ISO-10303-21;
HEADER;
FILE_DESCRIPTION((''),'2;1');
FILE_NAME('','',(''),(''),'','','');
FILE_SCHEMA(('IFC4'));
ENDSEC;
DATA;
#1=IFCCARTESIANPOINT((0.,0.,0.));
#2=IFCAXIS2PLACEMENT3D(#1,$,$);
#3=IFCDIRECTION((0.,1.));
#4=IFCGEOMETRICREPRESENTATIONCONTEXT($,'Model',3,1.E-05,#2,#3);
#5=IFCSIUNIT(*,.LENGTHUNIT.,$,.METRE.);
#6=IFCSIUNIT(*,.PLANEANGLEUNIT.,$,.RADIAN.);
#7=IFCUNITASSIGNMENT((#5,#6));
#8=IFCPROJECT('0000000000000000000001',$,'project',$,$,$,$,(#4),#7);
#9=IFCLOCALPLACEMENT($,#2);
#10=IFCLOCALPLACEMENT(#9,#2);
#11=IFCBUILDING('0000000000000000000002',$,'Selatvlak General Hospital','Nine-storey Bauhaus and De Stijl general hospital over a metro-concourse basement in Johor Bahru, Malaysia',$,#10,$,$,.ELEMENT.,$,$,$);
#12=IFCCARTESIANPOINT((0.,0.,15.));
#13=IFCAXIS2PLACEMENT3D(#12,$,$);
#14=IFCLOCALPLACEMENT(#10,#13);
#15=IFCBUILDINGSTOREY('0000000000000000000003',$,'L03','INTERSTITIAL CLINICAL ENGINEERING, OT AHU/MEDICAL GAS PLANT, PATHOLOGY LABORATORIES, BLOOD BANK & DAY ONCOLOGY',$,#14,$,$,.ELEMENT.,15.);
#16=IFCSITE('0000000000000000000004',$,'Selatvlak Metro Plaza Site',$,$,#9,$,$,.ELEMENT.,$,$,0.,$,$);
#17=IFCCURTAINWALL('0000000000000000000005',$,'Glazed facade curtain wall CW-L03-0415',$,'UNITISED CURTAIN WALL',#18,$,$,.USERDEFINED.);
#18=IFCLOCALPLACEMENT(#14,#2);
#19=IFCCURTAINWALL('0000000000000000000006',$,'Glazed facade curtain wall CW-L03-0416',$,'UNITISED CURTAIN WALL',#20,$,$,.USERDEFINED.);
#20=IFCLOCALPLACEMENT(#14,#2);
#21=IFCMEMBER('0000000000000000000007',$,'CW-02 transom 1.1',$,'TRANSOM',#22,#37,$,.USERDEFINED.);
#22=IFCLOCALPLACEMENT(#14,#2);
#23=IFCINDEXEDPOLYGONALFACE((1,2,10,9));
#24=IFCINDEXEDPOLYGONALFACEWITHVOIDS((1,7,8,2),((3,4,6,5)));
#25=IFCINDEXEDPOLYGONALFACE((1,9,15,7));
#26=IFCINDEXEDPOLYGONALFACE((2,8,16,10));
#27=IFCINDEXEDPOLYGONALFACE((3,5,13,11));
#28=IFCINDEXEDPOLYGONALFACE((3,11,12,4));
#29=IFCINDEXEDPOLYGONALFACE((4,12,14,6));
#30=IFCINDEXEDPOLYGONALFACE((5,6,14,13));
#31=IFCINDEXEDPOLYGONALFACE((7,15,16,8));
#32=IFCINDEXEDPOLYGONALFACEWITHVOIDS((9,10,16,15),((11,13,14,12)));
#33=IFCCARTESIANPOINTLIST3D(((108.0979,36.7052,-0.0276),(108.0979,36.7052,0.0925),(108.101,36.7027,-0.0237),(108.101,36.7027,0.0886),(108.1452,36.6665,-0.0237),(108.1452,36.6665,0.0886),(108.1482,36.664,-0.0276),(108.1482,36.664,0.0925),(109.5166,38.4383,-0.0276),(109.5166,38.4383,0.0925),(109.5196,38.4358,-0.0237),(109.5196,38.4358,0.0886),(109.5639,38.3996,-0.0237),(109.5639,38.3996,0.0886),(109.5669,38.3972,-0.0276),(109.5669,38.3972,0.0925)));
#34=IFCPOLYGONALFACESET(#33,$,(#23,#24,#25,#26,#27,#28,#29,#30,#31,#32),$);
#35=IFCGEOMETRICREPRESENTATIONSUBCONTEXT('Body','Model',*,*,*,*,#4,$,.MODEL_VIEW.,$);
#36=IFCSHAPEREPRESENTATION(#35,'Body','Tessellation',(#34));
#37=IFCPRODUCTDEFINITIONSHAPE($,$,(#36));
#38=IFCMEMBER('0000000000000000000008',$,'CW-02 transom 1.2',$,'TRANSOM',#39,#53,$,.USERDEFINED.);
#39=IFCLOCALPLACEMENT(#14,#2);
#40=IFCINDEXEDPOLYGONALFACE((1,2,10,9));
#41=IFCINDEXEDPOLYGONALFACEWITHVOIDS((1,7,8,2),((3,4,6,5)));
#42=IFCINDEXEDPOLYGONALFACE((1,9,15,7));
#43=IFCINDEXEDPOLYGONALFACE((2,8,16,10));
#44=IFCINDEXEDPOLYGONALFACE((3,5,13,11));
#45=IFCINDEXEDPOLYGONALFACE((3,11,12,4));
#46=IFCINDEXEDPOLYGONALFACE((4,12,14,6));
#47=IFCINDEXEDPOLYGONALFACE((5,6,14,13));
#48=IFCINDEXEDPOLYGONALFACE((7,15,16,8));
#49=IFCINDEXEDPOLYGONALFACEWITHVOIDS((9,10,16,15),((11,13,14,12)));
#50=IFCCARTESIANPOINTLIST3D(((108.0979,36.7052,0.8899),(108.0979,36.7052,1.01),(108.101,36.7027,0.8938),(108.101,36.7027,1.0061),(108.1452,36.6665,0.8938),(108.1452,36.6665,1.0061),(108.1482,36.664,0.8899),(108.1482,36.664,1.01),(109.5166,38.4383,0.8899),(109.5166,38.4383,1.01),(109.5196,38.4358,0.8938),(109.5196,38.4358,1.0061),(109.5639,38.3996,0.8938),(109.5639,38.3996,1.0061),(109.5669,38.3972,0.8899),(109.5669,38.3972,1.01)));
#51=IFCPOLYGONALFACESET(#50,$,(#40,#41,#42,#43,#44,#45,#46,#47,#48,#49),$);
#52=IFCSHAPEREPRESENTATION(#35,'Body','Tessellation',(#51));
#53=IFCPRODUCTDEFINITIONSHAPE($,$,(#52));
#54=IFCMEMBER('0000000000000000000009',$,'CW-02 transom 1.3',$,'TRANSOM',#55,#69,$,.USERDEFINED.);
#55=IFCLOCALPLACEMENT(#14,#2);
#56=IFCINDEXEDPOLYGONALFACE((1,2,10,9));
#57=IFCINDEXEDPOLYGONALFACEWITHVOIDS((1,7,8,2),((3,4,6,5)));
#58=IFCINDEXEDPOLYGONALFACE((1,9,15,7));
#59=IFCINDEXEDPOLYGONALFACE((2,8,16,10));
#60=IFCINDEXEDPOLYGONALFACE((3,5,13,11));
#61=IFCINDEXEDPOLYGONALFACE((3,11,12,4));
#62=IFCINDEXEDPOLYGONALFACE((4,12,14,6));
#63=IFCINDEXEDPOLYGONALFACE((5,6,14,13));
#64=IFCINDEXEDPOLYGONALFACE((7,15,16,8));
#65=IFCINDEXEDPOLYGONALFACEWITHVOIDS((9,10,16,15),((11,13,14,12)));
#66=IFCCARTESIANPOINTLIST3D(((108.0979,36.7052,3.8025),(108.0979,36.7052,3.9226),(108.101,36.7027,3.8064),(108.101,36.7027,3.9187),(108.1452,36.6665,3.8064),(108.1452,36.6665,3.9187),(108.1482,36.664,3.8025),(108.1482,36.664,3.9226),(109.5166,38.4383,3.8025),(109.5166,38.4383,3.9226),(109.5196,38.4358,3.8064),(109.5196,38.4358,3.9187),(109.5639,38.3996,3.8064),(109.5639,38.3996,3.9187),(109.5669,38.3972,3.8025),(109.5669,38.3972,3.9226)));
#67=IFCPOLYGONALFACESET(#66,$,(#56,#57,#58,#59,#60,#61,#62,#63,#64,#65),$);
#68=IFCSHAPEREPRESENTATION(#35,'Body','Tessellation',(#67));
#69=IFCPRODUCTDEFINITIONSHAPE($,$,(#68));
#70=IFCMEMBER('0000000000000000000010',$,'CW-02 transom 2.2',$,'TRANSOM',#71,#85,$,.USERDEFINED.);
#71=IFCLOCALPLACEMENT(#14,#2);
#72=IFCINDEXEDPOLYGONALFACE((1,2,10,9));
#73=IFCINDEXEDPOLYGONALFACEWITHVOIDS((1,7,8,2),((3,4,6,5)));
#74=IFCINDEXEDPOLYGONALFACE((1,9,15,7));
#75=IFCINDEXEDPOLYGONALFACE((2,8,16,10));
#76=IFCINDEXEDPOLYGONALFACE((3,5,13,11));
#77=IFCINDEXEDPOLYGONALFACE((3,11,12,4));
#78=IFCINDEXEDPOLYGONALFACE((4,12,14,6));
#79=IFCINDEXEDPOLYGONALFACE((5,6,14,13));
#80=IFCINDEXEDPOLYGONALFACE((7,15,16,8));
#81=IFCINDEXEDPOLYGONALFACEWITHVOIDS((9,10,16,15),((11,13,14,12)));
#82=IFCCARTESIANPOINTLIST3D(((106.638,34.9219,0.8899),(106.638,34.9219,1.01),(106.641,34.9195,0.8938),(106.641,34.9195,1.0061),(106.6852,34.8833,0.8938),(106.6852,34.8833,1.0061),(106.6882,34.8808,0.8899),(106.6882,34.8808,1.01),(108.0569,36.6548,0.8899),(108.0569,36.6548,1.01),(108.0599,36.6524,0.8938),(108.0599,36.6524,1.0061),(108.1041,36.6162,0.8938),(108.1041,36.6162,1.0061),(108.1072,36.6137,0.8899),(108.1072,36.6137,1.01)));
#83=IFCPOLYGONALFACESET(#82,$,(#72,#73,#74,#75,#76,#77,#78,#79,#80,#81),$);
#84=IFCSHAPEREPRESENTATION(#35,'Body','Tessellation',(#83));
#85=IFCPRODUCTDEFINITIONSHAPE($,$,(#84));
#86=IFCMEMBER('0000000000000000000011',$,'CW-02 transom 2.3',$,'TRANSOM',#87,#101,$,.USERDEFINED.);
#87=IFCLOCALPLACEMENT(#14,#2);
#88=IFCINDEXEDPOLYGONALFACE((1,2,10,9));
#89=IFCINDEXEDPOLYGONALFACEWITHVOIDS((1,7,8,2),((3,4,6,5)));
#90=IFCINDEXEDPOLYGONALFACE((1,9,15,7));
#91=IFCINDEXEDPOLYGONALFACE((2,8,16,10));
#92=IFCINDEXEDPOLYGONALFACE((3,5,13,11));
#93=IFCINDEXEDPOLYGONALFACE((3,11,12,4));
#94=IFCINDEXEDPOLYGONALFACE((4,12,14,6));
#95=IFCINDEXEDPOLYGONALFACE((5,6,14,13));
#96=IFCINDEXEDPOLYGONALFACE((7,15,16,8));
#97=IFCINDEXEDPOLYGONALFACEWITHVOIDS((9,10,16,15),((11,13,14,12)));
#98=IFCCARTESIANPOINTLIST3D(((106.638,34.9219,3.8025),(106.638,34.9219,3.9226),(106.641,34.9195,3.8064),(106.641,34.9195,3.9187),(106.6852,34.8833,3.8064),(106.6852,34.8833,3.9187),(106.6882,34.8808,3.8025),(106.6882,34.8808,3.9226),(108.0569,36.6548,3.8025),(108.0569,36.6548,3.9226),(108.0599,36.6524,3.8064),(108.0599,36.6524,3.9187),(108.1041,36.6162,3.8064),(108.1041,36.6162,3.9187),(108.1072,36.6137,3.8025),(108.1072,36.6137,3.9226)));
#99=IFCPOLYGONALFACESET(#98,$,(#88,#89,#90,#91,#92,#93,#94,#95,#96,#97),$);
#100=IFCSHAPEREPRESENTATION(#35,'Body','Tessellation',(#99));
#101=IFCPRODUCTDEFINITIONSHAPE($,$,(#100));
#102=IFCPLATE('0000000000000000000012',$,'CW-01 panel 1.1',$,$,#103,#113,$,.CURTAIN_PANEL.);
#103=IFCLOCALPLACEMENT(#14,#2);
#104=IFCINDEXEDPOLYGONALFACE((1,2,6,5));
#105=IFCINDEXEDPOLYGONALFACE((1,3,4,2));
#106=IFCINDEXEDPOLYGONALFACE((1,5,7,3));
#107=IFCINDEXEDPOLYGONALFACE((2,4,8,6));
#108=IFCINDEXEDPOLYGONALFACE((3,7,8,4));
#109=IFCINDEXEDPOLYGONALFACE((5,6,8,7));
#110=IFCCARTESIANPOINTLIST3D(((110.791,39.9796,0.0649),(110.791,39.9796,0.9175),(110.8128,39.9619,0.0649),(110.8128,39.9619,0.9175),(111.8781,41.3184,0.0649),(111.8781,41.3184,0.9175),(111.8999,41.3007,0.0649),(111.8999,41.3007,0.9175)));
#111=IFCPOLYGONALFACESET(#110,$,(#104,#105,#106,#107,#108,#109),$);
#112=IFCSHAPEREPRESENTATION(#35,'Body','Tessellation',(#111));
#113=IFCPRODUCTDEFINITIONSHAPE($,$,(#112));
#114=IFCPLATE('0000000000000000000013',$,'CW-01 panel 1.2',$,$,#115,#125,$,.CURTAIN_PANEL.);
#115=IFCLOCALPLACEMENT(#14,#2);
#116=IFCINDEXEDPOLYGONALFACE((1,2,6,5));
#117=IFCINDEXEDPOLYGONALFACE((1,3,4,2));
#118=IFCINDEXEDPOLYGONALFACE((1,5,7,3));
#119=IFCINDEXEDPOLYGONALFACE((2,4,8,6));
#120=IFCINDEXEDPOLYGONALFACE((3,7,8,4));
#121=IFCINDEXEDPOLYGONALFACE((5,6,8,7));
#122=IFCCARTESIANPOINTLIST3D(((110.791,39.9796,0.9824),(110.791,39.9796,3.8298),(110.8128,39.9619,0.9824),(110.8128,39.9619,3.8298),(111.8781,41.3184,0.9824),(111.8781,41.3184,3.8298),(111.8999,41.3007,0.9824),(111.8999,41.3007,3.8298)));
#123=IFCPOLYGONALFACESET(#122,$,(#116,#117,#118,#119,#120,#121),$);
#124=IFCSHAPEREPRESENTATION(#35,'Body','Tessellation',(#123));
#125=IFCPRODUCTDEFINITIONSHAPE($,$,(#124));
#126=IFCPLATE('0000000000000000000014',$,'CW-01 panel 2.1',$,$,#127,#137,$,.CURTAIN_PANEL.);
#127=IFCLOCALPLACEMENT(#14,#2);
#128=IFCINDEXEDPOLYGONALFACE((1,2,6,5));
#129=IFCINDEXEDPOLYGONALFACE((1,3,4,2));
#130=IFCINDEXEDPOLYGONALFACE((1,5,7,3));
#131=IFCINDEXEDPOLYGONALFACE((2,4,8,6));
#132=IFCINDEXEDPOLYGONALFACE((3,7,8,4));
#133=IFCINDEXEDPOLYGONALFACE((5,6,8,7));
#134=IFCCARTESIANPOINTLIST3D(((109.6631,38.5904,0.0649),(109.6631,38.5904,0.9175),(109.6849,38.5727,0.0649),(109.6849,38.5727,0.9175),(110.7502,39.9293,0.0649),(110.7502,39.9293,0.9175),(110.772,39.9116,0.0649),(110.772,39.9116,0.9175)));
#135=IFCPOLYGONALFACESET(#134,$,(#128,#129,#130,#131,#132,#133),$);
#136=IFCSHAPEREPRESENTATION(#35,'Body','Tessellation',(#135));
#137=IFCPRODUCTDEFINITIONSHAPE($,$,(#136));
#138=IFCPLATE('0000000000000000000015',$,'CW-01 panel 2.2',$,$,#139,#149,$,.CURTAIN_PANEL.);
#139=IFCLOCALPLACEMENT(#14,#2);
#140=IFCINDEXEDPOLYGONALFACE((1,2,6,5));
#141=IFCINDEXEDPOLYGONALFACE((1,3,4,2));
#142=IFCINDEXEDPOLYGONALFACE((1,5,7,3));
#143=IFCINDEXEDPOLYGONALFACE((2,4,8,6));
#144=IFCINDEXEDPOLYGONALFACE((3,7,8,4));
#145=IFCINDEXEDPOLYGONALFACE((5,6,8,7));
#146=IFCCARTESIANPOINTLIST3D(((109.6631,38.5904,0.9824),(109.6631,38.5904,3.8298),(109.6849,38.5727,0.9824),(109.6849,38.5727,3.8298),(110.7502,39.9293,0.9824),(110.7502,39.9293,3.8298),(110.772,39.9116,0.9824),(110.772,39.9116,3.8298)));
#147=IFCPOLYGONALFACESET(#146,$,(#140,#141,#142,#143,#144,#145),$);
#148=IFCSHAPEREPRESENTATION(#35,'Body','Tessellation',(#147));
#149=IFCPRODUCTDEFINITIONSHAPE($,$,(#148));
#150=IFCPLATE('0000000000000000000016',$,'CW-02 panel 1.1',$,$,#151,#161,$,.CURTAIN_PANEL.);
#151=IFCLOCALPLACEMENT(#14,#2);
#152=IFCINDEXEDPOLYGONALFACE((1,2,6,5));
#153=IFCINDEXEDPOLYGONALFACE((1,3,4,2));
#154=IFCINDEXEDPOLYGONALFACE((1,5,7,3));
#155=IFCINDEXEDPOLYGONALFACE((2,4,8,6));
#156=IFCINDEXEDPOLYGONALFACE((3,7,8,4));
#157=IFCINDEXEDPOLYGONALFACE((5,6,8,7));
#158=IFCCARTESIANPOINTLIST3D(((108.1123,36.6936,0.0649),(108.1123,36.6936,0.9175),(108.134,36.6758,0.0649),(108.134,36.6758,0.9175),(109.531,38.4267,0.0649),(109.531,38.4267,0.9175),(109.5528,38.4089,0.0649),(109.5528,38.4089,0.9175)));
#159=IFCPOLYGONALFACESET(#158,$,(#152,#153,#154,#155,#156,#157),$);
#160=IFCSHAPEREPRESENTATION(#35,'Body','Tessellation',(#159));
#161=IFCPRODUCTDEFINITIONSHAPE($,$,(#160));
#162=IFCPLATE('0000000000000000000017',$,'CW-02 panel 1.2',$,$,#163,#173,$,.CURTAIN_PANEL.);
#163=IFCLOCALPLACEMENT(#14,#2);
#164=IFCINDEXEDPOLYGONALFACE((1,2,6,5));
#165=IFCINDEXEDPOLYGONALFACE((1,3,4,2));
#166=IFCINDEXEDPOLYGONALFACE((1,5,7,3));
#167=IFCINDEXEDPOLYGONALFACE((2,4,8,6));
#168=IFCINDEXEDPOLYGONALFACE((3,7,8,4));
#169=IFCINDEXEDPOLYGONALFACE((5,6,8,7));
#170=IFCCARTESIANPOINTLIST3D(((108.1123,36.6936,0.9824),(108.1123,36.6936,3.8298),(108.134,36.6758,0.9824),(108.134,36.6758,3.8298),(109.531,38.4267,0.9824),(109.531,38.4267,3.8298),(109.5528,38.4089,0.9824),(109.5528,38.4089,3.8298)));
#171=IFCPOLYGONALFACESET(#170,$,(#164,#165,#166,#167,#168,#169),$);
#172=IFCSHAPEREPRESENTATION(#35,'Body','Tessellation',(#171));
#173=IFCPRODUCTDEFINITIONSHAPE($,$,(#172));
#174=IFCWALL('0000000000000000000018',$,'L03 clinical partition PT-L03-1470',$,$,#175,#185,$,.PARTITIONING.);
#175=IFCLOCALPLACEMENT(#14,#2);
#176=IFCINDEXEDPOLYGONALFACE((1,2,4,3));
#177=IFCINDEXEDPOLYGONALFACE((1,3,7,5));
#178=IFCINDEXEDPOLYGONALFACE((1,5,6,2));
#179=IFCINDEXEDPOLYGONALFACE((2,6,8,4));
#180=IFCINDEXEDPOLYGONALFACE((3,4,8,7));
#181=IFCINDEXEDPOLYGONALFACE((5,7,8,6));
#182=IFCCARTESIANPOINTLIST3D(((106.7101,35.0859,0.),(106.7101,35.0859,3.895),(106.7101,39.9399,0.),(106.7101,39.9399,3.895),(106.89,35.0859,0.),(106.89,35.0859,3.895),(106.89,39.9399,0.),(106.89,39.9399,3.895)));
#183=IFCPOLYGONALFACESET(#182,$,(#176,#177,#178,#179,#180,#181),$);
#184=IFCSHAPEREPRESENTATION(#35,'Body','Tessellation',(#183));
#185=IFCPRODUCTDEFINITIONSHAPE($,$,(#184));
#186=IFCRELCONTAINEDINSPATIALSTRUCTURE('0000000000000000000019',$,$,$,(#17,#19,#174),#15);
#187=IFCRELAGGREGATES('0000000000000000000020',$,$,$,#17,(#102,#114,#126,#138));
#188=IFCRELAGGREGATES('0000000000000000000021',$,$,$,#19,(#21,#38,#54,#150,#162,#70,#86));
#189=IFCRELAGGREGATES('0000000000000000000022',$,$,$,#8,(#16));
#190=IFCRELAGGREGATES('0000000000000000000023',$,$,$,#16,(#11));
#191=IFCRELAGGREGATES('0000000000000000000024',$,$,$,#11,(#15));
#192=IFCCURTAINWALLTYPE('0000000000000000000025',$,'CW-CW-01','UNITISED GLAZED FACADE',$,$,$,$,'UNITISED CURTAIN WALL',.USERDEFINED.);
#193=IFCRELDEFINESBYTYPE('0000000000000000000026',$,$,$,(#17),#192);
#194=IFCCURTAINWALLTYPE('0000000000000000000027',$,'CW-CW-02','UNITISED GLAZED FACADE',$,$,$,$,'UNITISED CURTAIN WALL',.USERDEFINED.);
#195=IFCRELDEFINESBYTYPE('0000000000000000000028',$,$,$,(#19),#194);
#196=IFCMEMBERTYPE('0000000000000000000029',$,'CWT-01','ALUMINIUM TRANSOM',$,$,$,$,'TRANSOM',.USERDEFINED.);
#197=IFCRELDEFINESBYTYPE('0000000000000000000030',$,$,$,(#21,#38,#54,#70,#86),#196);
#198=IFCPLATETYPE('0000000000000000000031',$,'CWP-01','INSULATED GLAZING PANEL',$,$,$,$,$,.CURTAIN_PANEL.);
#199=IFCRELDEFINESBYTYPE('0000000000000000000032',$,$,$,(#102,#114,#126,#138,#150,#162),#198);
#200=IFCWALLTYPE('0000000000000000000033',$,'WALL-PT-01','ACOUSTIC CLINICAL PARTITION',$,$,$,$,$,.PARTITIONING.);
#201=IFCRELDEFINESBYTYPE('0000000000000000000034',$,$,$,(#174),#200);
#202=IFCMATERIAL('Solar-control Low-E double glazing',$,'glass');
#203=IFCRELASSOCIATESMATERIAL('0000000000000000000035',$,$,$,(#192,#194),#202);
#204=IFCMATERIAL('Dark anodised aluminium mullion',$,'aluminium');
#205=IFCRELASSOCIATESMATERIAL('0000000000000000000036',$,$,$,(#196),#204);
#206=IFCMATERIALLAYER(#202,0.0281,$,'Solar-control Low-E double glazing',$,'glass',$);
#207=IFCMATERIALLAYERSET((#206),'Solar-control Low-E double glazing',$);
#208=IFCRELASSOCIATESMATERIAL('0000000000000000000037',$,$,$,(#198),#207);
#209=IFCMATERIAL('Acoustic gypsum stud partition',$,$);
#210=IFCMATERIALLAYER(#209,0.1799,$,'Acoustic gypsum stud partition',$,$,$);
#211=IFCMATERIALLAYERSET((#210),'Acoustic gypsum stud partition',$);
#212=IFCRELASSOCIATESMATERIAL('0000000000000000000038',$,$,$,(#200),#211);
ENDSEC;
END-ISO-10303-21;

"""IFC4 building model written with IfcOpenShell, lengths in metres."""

from ifc_helpers import new_model, si_unit, direction, frame, frame_2d, origin, origin_2d, place, context, subcontext, project, spatial, rectangle, hollow_rectangle, extrude, material, layer, layer_set, material_profile, profile_set, type_object, element, aggregate, save


model = new_model("IFC4")

# Units and contexts
model_context = context("Model", 3, precision=1e-05, world=origin(), true_north=direction((0.0, 1.0)))
body_context = subcontext(model_context, "Body", "Model", "MODEL_VIEW")
ifc_project = project(units=[si_unit("LENGTHUNIT", "METRE"), si_unit("PLANEANGLEUNIT", "RADIAN")], contexts=[model_context])

# Site, building, storey
site_placement = place(None, origin())
site = spatial("IfcSite", under=ifc_project, at=site_placement, Name="Selatvlak Metro Plaza Site", CompositionType="ELEMENT", RefElevation=0.0)
building_placement = place(site_placement, origin())
building = spatial("IfcBuilding", under=site, at=building_placement, Name="Selatvlak General Hospital", Description="Nine-storey Bauhaus and De Stijl general hospital over a metro-concourse basement in Johor Bahru, Malaysia", CompositionType="ELEMENT")
storey_placement = place(building_placement, frame((0.0, 0.0, 15.0)))
storey = spatial("IfcBuildingStorey", under=building, at=storey_placement, Name="L03", Description="INTERSTITIAL CLINICAL ENGINEERING, OT AHU/MEDICAL GAS PLANT, PATHOLOGY LABORATORIES, BLOOD BANK & DAY ONCOLOGY", CompositionType="ELEMENT", Elevation=15.0)

# Curtain walls
ifc_material_1 = material(Name="Solar-control Low-E double glazing", Category="glass")
curtain_wall_type_1 = type_object("IfcCurtainWallType", Name="CW-CW-01", Description="UNITISED GLAZED FACADE", ElementType="UNITISED CURTAIN WALL", PredefinedType="USERDEFINED", material=ifc_material_1)
curtain_wall_1_placement = place(storey_placement, origin())
curtain_wall_1 = element("IfcCurtainWall", 1, at=curtain_wall_1_placement, inside=storey, type_object=curtain_wall_type_1, Name="Glazed facade curtain wall CW-L03-0415", ObjectType="UNITISED CURTAIN WALL", PredefinedType="USERDEFINED")
ifc_material_2 = material(Name="Dark anodised aluminium mullion", Category="aluminium")
curtain_wall_type_2 = type_object("IfcCurtainWallType", Name="CW-CW-02", Description="UNITISED GLAZED FACADE", ElementType="UNITISED CURTAIN WALL", PredefinedType="USERDEFINED", material=ifc_material_1)
curtain_wall_2_placement = place(storey_placement, origin())
curtain_wall_2 = element("IfcCurtainWall", 2, at=curtain_wall_2_placement, inside=storey, type_object=curtain_wall_type_2, Name="Glazed facade curtain wall CW-L03-0416", ObjectType="UNITISED CURTAIN WALL", PredefinedType="USERDEFINED")

# Members
ifc_material_profile_1 = material_profile(ifc_material_2, hollow_rectangle(XDim=0.0649, YDim=0.1201, WallThickness=0.0039, at=origin_2d()), Name="AL-TRN 65x120x4")
ifc_profile_set_1 = profile_set([ifc_material_profile_1], Name="Dark anodised aluminium mullion")
member_type_1 = type_object("IfcMemberType", Name="CWT-01", Description="ALUMINIUM TRANSOM", ElementType="TRANSOM", PredefinedType="USERDEFINED", material=ifc_profile_set_1)
member_1_placement = place(storey_placement, frame((109.5417, 38.4177, 0.0325), z_axis=(-0.633416, -0.773812, 0.0), x_axis=(0.773812, -0.633416, 0.0)))
member_1 = element("IfcMember", 3, at=member_1_placement, type_object=member_type_1, Name="CW-02 transom 1.1", ObjectType="TRANSOM", PredefinedType="USERDEFINED", context=body_context, shape_type="SweptSolid", body=[
    extrude(hollow_rectangle(XDim=0.0649, YDim=0.1201, WallThickness=0.0039, at=origin_2d()), origin(), (0.0, 0.0, 1.0), 2.2397),
])
member_2_placement = place(storey_placement, frame((109.5417, 38.4177, 0.95), z_axis=(-0.633416, -0.773812, 0.0), x_axis=(0.773812, -0.633416, 0.0)))
member_2 = element("IfcMember", 4, at=member_2_placement, type_object=member_type_1, Name="CW-02 transom 1.2", ObjectType="TRANSOM", PredefinedType="USERDEFINED", context=body_context, shape_type="SweptSolid", body=[
    extrude(hollow_rectangle(XDim=0.0649, YDim=0.1201, WallThickness=0.0039, at=origin_2d()), origin(), (0.0, 0.0, 1.0), 2.2397),
])
member_3_placement = place(storey_placement, frame((109.5417, 38.4177, 3.8625), z_axis=(-0.633416, -0.773812, 0.0), x_axis=(0.773812, -0.633416, 0.0)))
member_3 = element("IfcMember", 5, at=member_3_placement, type_object=member_type_1, Name="CW-02 transom 1.3", ObjectType="TRANSOM", PredefinedType="USERDEFINED", context=body_context, shape_type="SweptSolid", body=[
    extrude(hollow_rectangle(XDim=0.0649, YDim=0.1201, WallThickness=0.0039, at=origin_2d()), origin(), (0.0, 0.0, 1.0), 2.2397),
])
member_4_placement = place(storey_placement, frame((108.082, 36.6343, 0.95), z_axis=(-0.633535, -0.773714, 0.0), x_axis=(0.773714, -0.633535, 0.0)))
member_4 = element("IfcMember", 6, at=member_4_placement, type_object=member_type_1, Name="CW-02 transom 2.2", ObjectType="TRANSOM", PredefinedType="USERDEFINED", context=body_context, shape_type="SweptSolid", body=[
    extrude(hollow_rectangle(XDim=0.0649, YDim=0.1201, WallThickness=0.0039, at=origin_2d()), origin(), (0.0, 0.0, 1.0), 2.2397),
])
member_5_placement = place(storey_placement, frame((108.082, 36.6343, 3.8625), z_axis=(-0.633535, -0.773714, 0.0), x_axis=(0.773714, -0.633535, 0.0)))
member_5 = element("IfcMember", 7, at=member_5_placement, type_object=member_type_1, Name="CW-02 transom 2.3", ObjectType="TRANSOM", PredefinedType="USERDEFINED", context=body_context, shape_type="SweptSolid", body=[
    extrude(hollow_rectangle(XDim=0.0649, YDim=0.1201, WallThickness=0.0039, at=origin_2d()), origin(), (0.0, 0.0, 1.0), 2.2397),
])

# Plates
ifc_layer_1 = layer(ifc_material_1, 0.0281, Name="Solar-control Low-E double glazing", Category="glass")
ifc_layer_set_1 = layer_set([ifc_layer_1], Name="Solar-control Low-E double glazing")
plate_type = type_object("IfcPlateType", Name="CWP-01", Description="INSULATED GLAZING PANEL", PredefinedType="CURTAIN_PANEL", material=ifc_layer_set_1)
plate_1_placement = place(storey_placement, frame((111.3455, 40.6401, 0.0649), z_axis=(0.0, 0.0, 1.0), x_axis=(-0.630334, -0.776324, 0.0)))
plate_1 = element("IfcPlate", 8, at=plate_1_placement, type_object=plate_type, Name="CW-01 panel 1.1", PredefinedType="CURTAIN_PANEL", context=body_context, shape_type="SweptSolid", body=[
    extrude(rectangle(XDim=1.7246, YDim=0.0281, at=origin_2d()), origin(), (0.0, 0.0, 1.0), 0.8525),
])
plate_2_placement = place(storey_placement, frame((111.3455, 40.6401, 0.9824), z_axis=(0.0, 0.0, 1.0), x_axis=(-0.630334, -0.776324, 0.0)))
plate_2 = element("IfcPlate", 9, at=plate_2_placement, type_object=plate_type, Name="CW-01 panel 1.2", PredefinedType="CURTAIN_PANEL", context=body_context, shape_type="SweptSolid", body=[
    extrude(rectangle(XDim=1.7246, YDim=0.0281, at=origin_2d()), origin(), (0.0, 0.0, 1.0), 2.8474),
])
plate_3_placement = place(storey_placement, frame((110.2175, 39.251, 0.0649), z_axis=(0.0, 0.0, 1.0), x_axis=(-0.630334, -0.776324, 0.0)))
plate_3 = element("IfcPlate", 10, at=plate_3_placement, type_object=plate_type, Name="CW-01 panel 2.1", PredefinedType="CURTAIN_PANEL", context=body_context, shape_type="SweptSolid", body=[
    extrude(rectangle(XDim=1.7246, YDim=0.0281, at=origin_2d()), origin(), (0.0, 0.0, 1.0), 0.8525),
])
plate_4_placement = place(storey_placement, frame((110.2175, 39.251, 0.9824), z_axis=(0.0, 0.0, 1.0), x_axis=(-0.630334, -0.776324, 0.0)))
plate_4 = element("IfcPlate", 11, at=plate_4_placement, type_object=plate_type, Name="CW-01 panel 2.2", PredefinedType="CURTAIN_PANEL", context=body_context, shape_type="SweptSolid", body=[
    extrude(rectangle(XDim=1.7246, YDim=0.0281, at=origin_2d()), origin(), (0.0, 0.0, 1.0), 2.8474),
])
aggregate(curtain_wall_1, [plate_1, plate_2, plate_3, plate_4])
plate_5_placement = place(storey_placement, frame((108.8325, 37.5513, 0.0649), z_axis=(0.0, 0.0, 1.0), x_axis=(-0.633447, -0.773786, 0.0)))
plate_5 = element("IfcPlate", 12, at=plate_5_placement, type_object=plate_type, Name="CW-02 panel 1.1", PredefinedType="CURTAIN_PANEL", context=body_context, shape_type="SweptSolid", body=[
    extrude(rectangle(XDim=2.2397, YDim=0.0281, at=origin_2d()), origin(), (0.0, 0.0, 1.0), 0.8525),
])
plate_6_placement = place(storey_placement, frame((108.8325, 37.5513, 0.9824), z_axis=(0.0, 0.0, 1.0), x_axis=(-0.633447, -0.773786, 0.0)))
plate_6 = element("IfcPlate", 13, at=plate_6_placement, type_object=plate_type, Name="CW-02 panel 1.2", PredefinedType="CURTAIN_PANEL", context=body_context, shape_type="SweptSolid", body=[
    extrude(rectangle(XDim=2.2397, YDim=0.0281, at=origin_2d()), origin(), (0.0, 0.0, 1.0), 2.8474),
])
aggregate(curtain_wall_2, [member_1, member_2, member_3, plate_5, plate_6, member_4, member_5])

# Wall
ifc_material_3 = material(Name="Acoustic gypsum stud partition")
ifc_layer_2 = layer(ifc_material_3, 0.1799, Name="Acoustic gypsum stud partition")
ifc_layer_set_2 = layer_set([ifc_layer_2], Name="Acoustic gypsum stud partition")
wall_type_1 = type_object("IfcWallType", Name="WALL-PT-01", Description="ACOUSTIC CLINICAL PARTITION", PredefinedType="PARTITIONING", material=ifc_layer_set_2)
wall_1_placement = place(storey_placement, frame((106.8, 39.9399, 0.0), z_axis=(0.0, 0.0, 1.0), x_axis=(0.0, -1.0, 0.0)))
element("IfcWall", 14, at=wall_1_placement, inside=storey, type_object=wall_type_1, Name="L03 clinical partition PT-L03-1470", PredefinedType="PARTITIONING", context=body_context, shape_type="SweptSolid", body=[
    extrude(rectangle(XDim=4.854, YDim=0.1799, at=frame_2d((2.427, 0.0))), origin(), (0.0, 0.0, 1.0), 3.895),
])

save(model, "model.ifc")
